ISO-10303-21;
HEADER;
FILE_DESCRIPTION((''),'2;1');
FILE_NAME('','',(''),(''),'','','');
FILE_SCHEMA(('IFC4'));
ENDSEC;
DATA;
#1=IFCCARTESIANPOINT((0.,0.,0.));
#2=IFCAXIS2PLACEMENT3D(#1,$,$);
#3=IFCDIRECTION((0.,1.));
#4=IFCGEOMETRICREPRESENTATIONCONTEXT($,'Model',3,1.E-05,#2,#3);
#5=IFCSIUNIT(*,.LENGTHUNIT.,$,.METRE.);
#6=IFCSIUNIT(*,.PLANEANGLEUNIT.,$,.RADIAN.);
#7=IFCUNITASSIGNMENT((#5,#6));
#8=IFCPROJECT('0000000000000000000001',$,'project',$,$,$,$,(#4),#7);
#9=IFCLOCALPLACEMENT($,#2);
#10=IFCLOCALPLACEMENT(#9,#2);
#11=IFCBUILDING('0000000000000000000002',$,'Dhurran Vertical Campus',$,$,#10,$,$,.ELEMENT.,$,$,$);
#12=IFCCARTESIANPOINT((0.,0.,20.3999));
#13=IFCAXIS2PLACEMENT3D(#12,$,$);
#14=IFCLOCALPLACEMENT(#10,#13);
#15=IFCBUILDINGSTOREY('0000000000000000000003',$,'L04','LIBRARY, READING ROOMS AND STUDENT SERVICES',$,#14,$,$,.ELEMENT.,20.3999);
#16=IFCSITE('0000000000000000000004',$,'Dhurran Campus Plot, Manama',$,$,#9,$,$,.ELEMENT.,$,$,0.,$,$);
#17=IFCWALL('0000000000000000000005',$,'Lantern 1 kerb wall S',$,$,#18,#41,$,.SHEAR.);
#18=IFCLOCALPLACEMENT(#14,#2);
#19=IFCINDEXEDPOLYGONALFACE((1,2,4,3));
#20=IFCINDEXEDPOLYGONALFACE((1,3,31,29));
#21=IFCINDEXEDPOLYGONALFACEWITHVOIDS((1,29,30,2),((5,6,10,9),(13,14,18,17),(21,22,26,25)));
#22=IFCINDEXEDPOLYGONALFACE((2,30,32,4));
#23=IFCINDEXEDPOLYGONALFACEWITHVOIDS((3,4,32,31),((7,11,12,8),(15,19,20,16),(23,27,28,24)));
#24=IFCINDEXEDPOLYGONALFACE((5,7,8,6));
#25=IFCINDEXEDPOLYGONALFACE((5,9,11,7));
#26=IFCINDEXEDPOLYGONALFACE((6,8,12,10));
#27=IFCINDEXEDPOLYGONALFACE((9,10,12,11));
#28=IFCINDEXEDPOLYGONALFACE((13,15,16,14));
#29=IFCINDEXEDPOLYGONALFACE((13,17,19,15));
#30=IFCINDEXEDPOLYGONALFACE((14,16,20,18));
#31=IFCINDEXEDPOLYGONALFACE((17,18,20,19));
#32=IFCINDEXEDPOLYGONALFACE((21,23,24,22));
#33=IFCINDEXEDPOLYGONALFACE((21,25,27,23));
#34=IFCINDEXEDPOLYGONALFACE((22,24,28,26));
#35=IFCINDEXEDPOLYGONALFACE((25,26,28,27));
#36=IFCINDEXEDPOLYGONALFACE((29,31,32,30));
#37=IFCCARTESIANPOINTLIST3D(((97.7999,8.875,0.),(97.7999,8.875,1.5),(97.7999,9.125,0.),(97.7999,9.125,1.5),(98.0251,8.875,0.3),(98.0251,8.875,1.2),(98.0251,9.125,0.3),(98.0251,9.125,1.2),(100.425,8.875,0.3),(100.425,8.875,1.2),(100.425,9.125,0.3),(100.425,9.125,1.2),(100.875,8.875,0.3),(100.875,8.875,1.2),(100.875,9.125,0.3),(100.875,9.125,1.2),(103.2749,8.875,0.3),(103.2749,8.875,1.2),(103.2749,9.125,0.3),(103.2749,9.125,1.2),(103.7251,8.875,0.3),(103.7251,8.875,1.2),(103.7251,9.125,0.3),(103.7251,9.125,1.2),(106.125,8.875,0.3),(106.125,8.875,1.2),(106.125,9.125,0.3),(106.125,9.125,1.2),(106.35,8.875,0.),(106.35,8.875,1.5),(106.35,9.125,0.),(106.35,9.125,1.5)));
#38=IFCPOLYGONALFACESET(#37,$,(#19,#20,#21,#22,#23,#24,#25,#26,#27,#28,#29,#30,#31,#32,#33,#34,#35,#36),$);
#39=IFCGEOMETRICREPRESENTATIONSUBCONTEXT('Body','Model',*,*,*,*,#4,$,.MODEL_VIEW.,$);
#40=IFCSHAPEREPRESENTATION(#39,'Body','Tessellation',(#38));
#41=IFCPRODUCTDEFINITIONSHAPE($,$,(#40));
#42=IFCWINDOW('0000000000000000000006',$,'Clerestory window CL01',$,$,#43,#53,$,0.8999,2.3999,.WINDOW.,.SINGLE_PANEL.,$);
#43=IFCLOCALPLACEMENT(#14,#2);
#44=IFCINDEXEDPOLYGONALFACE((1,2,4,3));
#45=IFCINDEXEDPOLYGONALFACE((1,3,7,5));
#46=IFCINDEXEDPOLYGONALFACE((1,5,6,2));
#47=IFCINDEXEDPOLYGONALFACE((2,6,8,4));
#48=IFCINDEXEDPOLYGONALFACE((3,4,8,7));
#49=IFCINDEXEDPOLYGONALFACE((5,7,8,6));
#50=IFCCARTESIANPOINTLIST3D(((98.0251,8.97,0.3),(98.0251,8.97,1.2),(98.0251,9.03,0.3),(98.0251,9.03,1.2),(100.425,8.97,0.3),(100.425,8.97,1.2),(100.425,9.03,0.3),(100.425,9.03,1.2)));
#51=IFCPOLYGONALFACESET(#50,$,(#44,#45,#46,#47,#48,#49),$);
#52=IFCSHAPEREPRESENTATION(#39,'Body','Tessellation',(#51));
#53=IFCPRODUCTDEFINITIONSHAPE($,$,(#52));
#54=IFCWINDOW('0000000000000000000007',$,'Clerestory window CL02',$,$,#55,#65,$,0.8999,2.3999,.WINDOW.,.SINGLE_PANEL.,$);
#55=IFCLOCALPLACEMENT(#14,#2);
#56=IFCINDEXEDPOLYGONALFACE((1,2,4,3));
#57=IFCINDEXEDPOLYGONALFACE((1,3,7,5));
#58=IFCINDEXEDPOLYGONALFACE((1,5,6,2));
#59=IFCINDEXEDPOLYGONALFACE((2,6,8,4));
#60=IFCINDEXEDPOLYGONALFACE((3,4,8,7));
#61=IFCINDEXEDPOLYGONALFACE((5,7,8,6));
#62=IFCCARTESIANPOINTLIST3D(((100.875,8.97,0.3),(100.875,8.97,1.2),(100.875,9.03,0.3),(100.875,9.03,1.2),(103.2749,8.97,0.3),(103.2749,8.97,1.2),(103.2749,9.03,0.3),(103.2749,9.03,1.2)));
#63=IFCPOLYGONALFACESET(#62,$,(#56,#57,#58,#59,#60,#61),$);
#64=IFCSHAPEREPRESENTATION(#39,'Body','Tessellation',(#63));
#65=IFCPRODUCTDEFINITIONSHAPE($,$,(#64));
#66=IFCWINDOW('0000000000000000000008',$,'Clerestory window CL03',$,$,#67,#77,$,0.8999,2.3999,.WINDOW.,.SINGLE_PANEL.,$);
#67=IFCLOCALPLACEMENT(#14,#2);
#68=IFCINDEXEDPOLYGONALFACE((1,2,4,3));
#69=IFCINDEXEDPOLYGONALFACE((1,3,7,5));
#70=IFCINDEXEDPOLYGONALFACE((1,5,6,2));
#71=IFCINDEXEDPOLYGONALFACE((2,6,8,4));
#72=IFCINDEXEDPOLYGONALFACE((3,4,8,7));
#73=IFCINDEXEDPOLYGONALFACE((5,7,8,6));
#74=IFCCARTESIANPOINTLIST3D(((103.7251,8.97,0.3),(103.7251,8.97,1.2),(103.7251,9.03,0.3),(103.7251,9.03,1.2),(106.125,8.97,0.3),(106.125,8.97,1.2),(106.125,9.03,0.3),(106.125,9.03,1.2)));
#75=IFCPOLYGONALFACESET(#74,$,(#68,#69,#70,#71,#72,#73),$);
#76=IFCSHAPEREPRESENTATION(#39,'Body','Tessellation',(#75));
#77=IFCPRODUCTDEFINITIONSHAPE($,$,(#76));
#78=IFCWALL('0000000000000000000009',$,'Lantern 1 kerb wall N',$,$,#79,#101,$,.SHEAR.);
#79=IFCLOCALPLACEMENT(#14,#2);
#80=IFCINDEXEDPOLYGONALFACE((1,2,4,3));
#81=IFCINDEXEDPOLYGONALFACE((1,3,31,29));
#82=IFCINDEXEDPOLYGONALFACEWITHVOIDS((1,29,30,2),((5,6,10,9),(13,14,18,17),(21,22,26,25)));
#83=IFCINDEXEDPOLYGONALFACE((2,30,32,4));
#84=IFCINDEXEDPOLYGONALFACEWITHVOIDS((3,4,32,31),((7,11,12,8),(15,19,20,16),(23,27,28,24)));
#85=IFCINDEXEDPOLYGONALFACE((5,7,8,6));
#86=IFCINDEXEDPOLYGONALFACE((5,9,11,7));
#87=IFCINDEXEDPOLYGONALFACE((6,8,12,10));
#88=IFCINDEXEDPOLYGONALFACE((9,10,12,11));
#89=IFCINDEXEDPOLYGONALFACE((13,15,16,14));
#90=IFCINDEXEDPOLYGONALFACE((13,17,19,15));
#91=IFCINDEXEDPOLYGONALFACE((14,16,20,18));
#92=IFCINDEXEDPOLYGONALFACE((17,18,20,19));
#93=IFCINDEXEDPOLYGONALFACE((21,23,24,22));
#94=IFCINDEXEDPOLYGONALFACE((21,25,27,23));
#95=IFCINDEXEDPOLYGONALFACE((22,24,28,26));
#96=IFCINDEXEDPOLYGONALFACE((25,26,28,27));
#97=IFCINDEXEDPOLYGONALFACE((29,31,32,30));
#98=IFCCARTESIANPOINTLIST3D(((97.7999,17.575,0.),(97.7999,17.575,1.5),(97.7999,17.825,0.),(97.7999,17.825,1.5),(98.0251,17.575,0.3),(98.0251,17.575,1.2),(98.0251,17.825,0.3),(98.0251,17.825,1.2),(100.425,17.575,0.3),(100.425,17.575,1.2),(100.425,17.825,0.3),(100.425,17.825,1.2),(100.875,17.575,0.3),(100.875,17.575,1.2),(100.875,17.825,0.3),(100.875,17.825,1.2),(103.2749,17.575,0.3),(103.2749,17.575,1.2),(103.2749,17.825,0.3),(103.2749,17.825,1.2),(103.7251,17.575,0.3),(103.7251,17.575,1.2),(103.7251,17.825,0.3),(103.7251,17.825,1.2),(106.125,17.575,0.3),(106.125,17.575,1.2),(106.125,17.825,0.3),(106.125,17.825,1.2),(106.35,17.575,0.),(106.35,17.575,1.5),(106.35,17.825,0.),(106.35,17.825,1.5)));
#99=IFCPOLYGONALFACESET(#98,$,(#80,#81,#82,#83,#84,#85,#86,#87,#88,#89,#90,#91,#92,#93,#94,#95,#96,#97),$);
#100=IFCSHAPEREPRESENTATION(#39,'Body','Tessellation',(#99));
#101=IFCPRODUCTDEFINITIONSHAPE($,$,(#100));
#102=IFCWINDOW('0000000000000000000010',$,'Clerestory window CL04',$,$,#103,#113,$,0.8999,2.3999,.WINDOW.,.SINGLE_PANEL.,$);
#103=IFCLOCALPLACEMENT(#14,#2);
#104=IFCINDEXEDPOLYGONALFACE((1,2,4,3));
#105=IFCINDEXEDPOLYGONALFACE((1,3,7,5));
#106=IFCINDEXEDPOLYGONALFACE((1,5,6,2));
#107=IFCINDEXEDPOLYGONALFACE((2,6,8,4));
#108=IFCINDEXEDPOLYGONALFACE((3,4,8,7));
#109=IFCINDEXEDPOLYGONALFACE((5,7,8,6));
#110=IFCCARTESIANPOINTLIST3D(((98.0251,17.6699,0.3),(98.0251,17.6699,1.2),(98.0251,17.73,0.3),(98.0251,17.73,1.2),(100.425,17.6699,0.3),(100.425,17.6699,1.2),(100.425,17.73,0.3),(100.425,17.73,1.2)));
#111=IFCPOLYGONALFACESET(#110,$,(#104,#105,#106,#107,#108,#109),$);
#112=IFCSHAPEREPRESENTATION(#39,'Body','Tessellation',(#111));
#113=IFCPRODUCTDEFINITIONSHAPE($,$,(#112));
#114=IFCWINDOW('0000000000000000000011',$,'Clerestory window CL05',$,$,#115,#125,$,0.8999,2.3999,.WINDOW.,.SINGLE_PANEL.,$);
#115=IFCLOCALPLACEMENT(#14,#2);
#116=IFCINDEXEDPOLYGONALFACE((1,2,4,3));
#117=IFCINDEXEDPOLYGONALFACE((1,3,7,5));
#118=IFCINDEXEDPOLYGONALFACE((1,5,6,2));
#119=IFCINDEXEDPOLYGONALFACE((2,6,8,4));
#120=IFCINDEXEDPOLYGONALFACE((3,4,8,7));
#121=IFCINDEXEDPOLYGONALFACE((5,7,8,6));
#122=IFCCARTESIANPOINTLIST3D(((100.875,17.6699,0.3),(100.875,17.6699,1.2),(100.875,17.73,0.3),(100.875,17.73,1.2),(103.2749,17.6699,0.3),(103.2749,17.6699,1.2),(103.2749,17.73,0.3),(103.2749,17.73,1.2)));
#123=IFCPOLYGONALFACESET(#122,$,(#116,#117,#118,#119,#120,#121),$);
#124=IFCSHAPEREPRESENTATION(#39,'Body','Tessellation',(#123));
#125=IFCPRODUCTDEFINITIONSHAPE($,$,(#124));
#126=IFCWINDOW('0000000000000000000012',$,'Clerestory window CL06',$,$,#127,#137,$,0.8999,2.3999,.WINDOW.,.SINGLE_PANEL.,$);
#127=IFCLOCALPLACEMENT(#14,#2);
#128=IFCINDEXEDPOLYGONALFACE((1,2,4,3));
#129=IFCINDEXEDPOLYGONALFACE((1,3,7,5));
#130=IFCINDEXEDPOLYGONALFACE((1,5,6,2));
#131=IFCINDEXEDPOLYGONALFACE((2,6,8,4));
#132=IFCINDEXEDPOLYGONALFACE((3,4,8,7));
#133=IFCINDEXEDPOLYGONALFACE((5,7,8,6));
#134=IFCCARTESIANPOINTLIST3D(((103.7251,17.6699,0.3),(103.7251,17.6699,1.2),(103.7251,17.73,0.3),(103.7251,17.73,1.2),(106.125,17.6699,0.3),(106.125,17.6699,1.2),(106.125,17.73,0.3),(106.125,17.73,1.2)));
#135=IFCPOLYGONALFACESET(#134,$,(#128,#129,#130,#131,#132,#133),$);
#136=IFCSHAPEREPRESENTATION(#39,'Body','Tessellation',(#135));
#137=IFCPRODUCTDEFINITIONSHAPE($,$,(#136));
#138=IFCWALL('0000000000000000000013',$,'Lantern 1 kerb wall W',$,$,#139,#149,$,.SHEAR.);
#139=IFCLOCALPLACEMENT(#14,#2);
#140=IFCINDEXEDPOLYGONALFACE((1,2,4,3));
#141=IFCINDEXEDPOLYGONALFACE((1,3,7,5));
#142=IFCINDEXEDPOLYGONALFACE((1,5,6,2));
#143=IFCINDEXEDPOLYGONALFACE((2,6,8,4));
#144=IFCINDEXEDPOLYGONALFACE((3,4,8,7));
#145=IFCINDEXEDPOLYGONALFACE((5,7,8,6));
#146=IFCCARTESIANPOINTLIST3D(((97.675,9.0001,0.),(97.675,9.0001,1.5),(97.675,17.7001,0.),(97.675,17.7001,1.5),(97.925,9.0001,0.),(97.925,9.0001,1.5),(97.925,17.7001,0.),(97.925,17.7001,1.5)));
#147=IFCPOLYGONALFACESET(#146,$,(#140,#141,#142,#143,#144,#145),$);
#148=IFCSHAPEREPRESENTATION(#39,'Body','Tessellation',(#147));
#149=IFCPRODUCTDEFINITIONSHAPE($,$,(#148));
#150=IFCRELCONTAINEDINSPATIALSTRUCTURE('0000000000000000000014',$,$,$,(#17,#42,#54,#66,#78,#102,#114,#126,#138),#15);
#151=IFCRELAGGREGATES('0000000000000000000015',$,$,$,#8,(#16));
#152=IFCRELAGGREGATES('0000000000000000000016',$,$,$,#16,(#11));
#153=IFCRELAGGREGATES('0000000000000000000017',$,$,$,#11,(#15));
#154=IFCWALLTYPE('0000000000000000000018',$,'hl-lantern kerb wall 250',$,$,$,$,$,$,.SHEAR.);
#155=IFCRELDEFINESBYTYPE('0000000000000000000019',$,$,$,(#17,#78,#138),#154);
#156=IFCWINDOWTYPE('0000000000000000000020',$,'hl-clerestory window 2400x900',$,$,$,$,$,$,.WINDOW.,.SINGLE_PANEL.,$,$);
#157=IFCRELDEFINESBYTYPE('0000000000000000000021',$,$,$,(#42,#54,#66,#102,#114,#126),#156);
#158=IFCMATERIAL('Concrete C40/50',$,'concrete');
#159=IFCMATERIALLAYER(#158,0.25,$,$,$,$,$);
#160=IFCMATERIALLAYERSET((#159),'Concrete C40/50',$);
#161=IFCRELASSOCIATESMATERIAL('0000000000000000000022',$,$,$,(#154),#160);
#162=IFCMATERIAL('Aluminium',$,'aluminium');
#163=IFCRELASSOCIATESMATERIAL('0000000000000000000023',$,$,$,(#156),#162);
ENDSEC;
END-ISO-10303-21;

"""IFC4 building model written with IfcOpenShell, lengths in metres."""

from ifc_helpers import new_model, si_unit, direction, frame, frame_2d, origin, place, context, subcontext, project, spatial, rectangle, extrude, material, layer, layer_set, type_object, element, fill, save


model = new_model("IFC4")

# Units and contexts
model_context = context("Model", 3, precision=1e-05, world=origin(), true_north=direction((0.0, 1.0)))
body_context = subcontext(model_context, "Body", "Model", "MODEL_VIEW")
ifc_project = project(units=[si_unit("LENGTHUNIT", "METRE"), si_unit("PLANEANGLEUNIT", "RADIAN")], contexts=[model_context])

# Site, building, storey
site_placement = place(None, origin())
site = spatial("IfcSite", under=ifc_project, at=site_placement, Name="Dhurran Campus Plot, Manama", CompositionType="ELEMENT", RefElevation=0.0)
building_placement = place(site_placement, origin())
building = spatial("IfcBuilding", under=site, at=building_placement, Name="Dhurran Vertical Campus", CompositionType="ELEMENT")
storey_placement = place(building_placement, frame((0.0, 0.0, 20.3999)))
storey = spatial("IfcBuildingStorey", under=building, at=storey_placement, Name="L04", Description="LIBRARY, READING ROOMS AND STUDENT SERVICES", CompositionType="ELEMENT", Elevation=20.3999)

# Walls, openings, windows
ifc_material_1 = material(Name="Concrete C40/50", Category="concrete")
ifc_layer_1 = layer(ifc_material_1, 0.25)
ifc_layer_set_1 = layer_set([ifc_layer_1], Name="Concrete C40/50")
wall_type_1 = type_object("IfcWallType", Name="hl-lantern kerb wall 250", PredefinedType="SHEAR", material=ifc_layer_set_1)
wall_1_placement = place(storey_placement, frame((97.8, 9.0, 0.0), z_axis=(0.0, 0.0, 1.0), x_axis=(1.0, 0.0, 0.0)))
wall_1 = element("IfcWall", 1, at=wall_1_placement, inside=storey, type_object=wall_type_1, Name="Lantern 1 kerb wall S", PredefinedType="SHEAR", context=body_context, shape_type="SweptSolid", body=[
    extrude(rectangle(XDim=8.55, YDim=0.25, at=frame_2d((4.2749, 0.0))), origin(), (0.0, 0.0, 1.0), 1.5),
])
opening_1_placement = place(wall_1_placement, frame((0.2251, 0.0, 0.3)))
opening_1 = element("IfcOpeningElement", 2, at=opening_1_placement, cuts=wall_1, PredefinedType="OPENING", context=body_context, shape_type="SweptSolid", body=[
    extrude(rectangle(XDim=2.3999, YDim=0.8999, at=frame_2d((1.2, 0.45))), frame((0.0, 0.135, 0.0), z_axis=(0.0, -1.0, 0.0), x_axis=(1.0, 0.0, 0.0)), (0.0, 0.0, 1.0), 0.27),
])
opening_2_placement = place(wall_1_placement, frame((3.075, 0.0, 0.3)))
opening_2 = element("IfcOpeningElement", 3, at=opening_2_placement, cuts=wall_1, PredefinedType="OPENING", context=body_context, shape_type="SweptSolid", body=[
    extrude(rectangle(XDim=2.3999, YDim=0.8999, at=frame_2d((1.2, 0.45))), frame((0.0, 0.135, 0.0), z_axis=(0.0, -1.0, 0.0), x_axis=(1.0, 0.0, 0.0)), (0.0, 0.0, 1.0), 0.27),
])
opening_3_placement = place(wall_1_placement, frame((5.925, 0.0, 0.3)))
opening_3 = element("IfcOpeningElement", 4, at=opening_3_placement, cuts=wall_1, PredefinedType="OPENING", context=body_context, shape_type="SweptSolid", body=[
    extrude(rectangle(XDim=2.3999, YDim=0.8999, at=frame_2d((1.2, 0.45))), frame((0.0, 0.135, 0.0), z_axis=(0.0, -1.0, 0.0), x_axis=(1.0, 0.0, 0.0)), (0.0, 0.0, 1.0), 0.27),
])
ifc_material_2 = material(Name="Aluminium", Category="aluminium")
window_type = type_object("IfcWindowType", Name="hl-clerestory window 2400x900", PartitioningType="SINGLE_PANEL", PredefinedType="WINDOW", material=ifc_material_2)
window_1_placement = place(opening_1_placement, origin())
window_1 = element("IfcWindow", 5, at=window_1_placement, inside=storey, type_object=window_type, Name="Clerestory window CL01", OverallHeight=0.8999, OverallWidth=2.3999, PartitioningType="SINGLE_PANEL", PredefinedType="WINDOW", context=body_context, shape_type="SweptSolid", body=[
    extrude(rectangle(XDim=2.3999, YDim=0.8999, at=frame_2d((1.2, 0.45))), frame((0.0, 0.03, 0.0), z_axis=(0.0, -1.0, 0.0), x_axis=(1.0, 0.0, 0.0)), (0.0, 0.0, 1.0), 0.0601),
])
fill(opening_1, window_1)
window_2_placement = place(opening_2_placement, origin())
window_2 = element("IfcWindow", 6, at=window_2_placement, inside=storey, type_object=window_type, Name="Clerestory window CL02", OverallHeight=0.8999, OverallWidth=2.3999, PartitioningType="SINGLE_PANEL", PredefinedType="WINDOW", context=body_context, shape_type="SweptSolid", body=[
    extrude(rectangle(XDim=2.3999, YDim=0.8999, at=frame_2d((1.2, 0.45))), frame((0.0, 0.03, 0.0), z_axis=(0.0, -1.0, 0.0), x_axis=(1.0, 0.0, 0.0)), (0.0, 0.0, 1.0), 0.0601),
])
fill(opening_2, window_2)
window_3_placement = place(opening_3_placement, origin())
window_3 = element("IfcWindow", 7, at=window_3_placement, inside=storey, type_object=window_type, Name="Clerestory window CL03", OverallHeight=0.8999, OverallWidth=2.3999, PartitioningType="SINGLE_PANEL", PredefinedType="WINDOW", context=body_context, shape_type="SweptSolid", body=[
    extrude(rectangle(XDim=2.3999, YDim=0.8999, at=frame_2d((1.2, 0.45))), frame((0.0, 0.03, 0.0), z_axis=(0.0, -1.0, 0.0), x_axis=(1.0, 0.0, 0.0)), (0.0, 0.0, 1.0), 0.0601),
])
fill(opening_3, window_3)
wall_2_placement = place(storey_placement, frame((97.8, 17.7, 0.0), z_axis=(0.0, 0.0, 1.0), x_axis=(1.0, 0.0, 0.0)))
wall_2 = element("IfcWall", 8, at=wall_2_placement, inside=storey, type_object=wall_type_1, Name="Lantern 1 kerb wall N", PredefinedType="SHEAR", context=body_context, shape_type="SweptSolid", body=[
    extrude(rectangle(XDim=8.55, YDim=0.25, at=frame_2d((4.2749, 0.0))), origin(), (0.0, 0.0, 1.0), 1.5),
])
opening_4_placement = place(wall_2_placement, frame((0.2251, 0.0, 0.3)))
opening_4 = element("IfcOpeningElement", 9, at=opening_4_placement, cuts=wall_2, PredefinedType="OPENING", context=body_context, shape_type="SweptSolid", body=[
    extrude(rectangle(XDim=2.3999, YDim=0.8999, at=frame_2d((1.2, 0.45))), frame((0.0, 0.135, 0.0), z_axis=(0.0, -1.0, 0.0), x_axis=(1.0, 0.0, 0.0)), (0.0, 0.0, 1.0), 0.27),
])
opening_5_placement = place(wall_2_placement, frame((3.075, 0.0, 0.3)))
opening_5 = element("IfcOpeningElement", 10, at=opening_5_placement, cuts=wall_2, PredefinedType="OPENING", context=body_context, shape_type="SweptSolid", body=[
    extrude(rectangle(XDim=2.3999, YDim=0.8999, at=frame_2d((1.2, 0.45))), frame((0.0, 0.135, 0.0), z_axis=(0.0, -1.0, 0.0), x_axis=(1.0, 0.0, 0.0)), (0.0, 0.0, 1.0), 0.27),
])
opening_6_placement = place(wall_2_placement, frame((5.925, 0.0, 0.3)))
opening_6 = element("IfcOpeningElement", 11, at=opening_6_placement, cuts=wall_2, PredefinedType="OPENING", context=body_context, shape_type="SweptSolid", body=[
    extrude(rectangle(XDim=2.3999, YDim=0.8999, at=frame_2d((1.2, 0.45))), frame((0.0, 0.135, 0.0), z_axis=(0.0, -1.0, 0.0), x_axis=(1.0, 0.0, 0.0)), (0.0, 0.0, 1.0), 0.27),
])
window_4_placement = place(opening_4_placement, origin())
window_4 = element("IfcWindow", 12, at=window_4_placement, inside=storey, type_object=window_type, Name="Clerestory window CL04", OverallHeight=0.8999, OverallWidth=2.3999, PartitioningType="SINGLE_PANEL", PredefinedType="WINDOW", context=body_context, shape_type="SweptSolid", body=[
    extrude(rectangle(XDim=2.3999, YDim=0.8999, at=frame_2d((1.2, 0.45))), frame((0.0, 0.03, 0.0), z_axis=(0.0, -1.0, 0.0), x_axis=(1.0, 0.0, 0.0)), (0.0, 0.0, 1.0), 0.0601),
])
fill(opening_4, window_4)
window_5_placement = place(opening_5_placement, origin())
window_5 = element("IfcWindow", 13, at=window_5_placement, inside=storey, type_object=window_type, Name="Clerestory window CL05", OverallHeight=0.8999, OverallWidth=2.3999, PartitioningType="SINGLE_PANEL", PredefinedType="WINDOW", context=body_context, shape_type="SweptSolid", body=[
    extrude(rectangle(XDim=2.3999, YDim=0.8999, at=frame_2d((1.2, 0.45))), frame((0.0, 0.03, 0.0), z_axis=(0.0, -1.0, 0.0), x_axis=(1.0, 0.0, 0.0)), (0.0, 0.0, 1.0), 0.0601),
])
fill(opening_5, window_5)
window_6_placement = place(opening_6_placement, origin())
window_6 = element("IfcWindow", 14, at=window_6_placement, inside=storey, type_object=window_type, Name="Clerestory window CL06", OverallHeight=0.8999, OverallWidth=2.3999, PartitioningType="SINGLE_PANEL", PredefinedType="WINDOW", context=body_context, shape_type="SweptSolid", body=[
    extrude(rectangle(XDim=2.3999, YDim=0.8999, at=frame_2d((1.2, 0.45))), frame((0.0, 0.03, 0.0), z_axis=(0.0, -1.0, 0.0), x_axis=(1.0, 0.0, 0.0)), (0.0, 0.0, 1.0), 0.0601),
])
fill(opening_6, window_6)

# Wall
wall_3_placement = place(storey_placement, frame((97.8, 9.0, 0.0), z_axis=(0.0, 0.0, 1.0), x_axis=(0.0, 1.0, 0.0)))
element("IfcWall", 15, at=wall_3_placement, inside=storey, type_object=wall_type_1, Name="Lantern 1 kerb wall W", PredefinedType="SHEAR", context=body_context, shape_type="SweptSolid", body=[
    extrude(rectangle(XDim=8.7, YDim=0.25, at=frame_2d((4.3501, 0.0))), origin(), (0.0, 0.0, 1.0), 1.5),
])

save(model, "model.ifc")
